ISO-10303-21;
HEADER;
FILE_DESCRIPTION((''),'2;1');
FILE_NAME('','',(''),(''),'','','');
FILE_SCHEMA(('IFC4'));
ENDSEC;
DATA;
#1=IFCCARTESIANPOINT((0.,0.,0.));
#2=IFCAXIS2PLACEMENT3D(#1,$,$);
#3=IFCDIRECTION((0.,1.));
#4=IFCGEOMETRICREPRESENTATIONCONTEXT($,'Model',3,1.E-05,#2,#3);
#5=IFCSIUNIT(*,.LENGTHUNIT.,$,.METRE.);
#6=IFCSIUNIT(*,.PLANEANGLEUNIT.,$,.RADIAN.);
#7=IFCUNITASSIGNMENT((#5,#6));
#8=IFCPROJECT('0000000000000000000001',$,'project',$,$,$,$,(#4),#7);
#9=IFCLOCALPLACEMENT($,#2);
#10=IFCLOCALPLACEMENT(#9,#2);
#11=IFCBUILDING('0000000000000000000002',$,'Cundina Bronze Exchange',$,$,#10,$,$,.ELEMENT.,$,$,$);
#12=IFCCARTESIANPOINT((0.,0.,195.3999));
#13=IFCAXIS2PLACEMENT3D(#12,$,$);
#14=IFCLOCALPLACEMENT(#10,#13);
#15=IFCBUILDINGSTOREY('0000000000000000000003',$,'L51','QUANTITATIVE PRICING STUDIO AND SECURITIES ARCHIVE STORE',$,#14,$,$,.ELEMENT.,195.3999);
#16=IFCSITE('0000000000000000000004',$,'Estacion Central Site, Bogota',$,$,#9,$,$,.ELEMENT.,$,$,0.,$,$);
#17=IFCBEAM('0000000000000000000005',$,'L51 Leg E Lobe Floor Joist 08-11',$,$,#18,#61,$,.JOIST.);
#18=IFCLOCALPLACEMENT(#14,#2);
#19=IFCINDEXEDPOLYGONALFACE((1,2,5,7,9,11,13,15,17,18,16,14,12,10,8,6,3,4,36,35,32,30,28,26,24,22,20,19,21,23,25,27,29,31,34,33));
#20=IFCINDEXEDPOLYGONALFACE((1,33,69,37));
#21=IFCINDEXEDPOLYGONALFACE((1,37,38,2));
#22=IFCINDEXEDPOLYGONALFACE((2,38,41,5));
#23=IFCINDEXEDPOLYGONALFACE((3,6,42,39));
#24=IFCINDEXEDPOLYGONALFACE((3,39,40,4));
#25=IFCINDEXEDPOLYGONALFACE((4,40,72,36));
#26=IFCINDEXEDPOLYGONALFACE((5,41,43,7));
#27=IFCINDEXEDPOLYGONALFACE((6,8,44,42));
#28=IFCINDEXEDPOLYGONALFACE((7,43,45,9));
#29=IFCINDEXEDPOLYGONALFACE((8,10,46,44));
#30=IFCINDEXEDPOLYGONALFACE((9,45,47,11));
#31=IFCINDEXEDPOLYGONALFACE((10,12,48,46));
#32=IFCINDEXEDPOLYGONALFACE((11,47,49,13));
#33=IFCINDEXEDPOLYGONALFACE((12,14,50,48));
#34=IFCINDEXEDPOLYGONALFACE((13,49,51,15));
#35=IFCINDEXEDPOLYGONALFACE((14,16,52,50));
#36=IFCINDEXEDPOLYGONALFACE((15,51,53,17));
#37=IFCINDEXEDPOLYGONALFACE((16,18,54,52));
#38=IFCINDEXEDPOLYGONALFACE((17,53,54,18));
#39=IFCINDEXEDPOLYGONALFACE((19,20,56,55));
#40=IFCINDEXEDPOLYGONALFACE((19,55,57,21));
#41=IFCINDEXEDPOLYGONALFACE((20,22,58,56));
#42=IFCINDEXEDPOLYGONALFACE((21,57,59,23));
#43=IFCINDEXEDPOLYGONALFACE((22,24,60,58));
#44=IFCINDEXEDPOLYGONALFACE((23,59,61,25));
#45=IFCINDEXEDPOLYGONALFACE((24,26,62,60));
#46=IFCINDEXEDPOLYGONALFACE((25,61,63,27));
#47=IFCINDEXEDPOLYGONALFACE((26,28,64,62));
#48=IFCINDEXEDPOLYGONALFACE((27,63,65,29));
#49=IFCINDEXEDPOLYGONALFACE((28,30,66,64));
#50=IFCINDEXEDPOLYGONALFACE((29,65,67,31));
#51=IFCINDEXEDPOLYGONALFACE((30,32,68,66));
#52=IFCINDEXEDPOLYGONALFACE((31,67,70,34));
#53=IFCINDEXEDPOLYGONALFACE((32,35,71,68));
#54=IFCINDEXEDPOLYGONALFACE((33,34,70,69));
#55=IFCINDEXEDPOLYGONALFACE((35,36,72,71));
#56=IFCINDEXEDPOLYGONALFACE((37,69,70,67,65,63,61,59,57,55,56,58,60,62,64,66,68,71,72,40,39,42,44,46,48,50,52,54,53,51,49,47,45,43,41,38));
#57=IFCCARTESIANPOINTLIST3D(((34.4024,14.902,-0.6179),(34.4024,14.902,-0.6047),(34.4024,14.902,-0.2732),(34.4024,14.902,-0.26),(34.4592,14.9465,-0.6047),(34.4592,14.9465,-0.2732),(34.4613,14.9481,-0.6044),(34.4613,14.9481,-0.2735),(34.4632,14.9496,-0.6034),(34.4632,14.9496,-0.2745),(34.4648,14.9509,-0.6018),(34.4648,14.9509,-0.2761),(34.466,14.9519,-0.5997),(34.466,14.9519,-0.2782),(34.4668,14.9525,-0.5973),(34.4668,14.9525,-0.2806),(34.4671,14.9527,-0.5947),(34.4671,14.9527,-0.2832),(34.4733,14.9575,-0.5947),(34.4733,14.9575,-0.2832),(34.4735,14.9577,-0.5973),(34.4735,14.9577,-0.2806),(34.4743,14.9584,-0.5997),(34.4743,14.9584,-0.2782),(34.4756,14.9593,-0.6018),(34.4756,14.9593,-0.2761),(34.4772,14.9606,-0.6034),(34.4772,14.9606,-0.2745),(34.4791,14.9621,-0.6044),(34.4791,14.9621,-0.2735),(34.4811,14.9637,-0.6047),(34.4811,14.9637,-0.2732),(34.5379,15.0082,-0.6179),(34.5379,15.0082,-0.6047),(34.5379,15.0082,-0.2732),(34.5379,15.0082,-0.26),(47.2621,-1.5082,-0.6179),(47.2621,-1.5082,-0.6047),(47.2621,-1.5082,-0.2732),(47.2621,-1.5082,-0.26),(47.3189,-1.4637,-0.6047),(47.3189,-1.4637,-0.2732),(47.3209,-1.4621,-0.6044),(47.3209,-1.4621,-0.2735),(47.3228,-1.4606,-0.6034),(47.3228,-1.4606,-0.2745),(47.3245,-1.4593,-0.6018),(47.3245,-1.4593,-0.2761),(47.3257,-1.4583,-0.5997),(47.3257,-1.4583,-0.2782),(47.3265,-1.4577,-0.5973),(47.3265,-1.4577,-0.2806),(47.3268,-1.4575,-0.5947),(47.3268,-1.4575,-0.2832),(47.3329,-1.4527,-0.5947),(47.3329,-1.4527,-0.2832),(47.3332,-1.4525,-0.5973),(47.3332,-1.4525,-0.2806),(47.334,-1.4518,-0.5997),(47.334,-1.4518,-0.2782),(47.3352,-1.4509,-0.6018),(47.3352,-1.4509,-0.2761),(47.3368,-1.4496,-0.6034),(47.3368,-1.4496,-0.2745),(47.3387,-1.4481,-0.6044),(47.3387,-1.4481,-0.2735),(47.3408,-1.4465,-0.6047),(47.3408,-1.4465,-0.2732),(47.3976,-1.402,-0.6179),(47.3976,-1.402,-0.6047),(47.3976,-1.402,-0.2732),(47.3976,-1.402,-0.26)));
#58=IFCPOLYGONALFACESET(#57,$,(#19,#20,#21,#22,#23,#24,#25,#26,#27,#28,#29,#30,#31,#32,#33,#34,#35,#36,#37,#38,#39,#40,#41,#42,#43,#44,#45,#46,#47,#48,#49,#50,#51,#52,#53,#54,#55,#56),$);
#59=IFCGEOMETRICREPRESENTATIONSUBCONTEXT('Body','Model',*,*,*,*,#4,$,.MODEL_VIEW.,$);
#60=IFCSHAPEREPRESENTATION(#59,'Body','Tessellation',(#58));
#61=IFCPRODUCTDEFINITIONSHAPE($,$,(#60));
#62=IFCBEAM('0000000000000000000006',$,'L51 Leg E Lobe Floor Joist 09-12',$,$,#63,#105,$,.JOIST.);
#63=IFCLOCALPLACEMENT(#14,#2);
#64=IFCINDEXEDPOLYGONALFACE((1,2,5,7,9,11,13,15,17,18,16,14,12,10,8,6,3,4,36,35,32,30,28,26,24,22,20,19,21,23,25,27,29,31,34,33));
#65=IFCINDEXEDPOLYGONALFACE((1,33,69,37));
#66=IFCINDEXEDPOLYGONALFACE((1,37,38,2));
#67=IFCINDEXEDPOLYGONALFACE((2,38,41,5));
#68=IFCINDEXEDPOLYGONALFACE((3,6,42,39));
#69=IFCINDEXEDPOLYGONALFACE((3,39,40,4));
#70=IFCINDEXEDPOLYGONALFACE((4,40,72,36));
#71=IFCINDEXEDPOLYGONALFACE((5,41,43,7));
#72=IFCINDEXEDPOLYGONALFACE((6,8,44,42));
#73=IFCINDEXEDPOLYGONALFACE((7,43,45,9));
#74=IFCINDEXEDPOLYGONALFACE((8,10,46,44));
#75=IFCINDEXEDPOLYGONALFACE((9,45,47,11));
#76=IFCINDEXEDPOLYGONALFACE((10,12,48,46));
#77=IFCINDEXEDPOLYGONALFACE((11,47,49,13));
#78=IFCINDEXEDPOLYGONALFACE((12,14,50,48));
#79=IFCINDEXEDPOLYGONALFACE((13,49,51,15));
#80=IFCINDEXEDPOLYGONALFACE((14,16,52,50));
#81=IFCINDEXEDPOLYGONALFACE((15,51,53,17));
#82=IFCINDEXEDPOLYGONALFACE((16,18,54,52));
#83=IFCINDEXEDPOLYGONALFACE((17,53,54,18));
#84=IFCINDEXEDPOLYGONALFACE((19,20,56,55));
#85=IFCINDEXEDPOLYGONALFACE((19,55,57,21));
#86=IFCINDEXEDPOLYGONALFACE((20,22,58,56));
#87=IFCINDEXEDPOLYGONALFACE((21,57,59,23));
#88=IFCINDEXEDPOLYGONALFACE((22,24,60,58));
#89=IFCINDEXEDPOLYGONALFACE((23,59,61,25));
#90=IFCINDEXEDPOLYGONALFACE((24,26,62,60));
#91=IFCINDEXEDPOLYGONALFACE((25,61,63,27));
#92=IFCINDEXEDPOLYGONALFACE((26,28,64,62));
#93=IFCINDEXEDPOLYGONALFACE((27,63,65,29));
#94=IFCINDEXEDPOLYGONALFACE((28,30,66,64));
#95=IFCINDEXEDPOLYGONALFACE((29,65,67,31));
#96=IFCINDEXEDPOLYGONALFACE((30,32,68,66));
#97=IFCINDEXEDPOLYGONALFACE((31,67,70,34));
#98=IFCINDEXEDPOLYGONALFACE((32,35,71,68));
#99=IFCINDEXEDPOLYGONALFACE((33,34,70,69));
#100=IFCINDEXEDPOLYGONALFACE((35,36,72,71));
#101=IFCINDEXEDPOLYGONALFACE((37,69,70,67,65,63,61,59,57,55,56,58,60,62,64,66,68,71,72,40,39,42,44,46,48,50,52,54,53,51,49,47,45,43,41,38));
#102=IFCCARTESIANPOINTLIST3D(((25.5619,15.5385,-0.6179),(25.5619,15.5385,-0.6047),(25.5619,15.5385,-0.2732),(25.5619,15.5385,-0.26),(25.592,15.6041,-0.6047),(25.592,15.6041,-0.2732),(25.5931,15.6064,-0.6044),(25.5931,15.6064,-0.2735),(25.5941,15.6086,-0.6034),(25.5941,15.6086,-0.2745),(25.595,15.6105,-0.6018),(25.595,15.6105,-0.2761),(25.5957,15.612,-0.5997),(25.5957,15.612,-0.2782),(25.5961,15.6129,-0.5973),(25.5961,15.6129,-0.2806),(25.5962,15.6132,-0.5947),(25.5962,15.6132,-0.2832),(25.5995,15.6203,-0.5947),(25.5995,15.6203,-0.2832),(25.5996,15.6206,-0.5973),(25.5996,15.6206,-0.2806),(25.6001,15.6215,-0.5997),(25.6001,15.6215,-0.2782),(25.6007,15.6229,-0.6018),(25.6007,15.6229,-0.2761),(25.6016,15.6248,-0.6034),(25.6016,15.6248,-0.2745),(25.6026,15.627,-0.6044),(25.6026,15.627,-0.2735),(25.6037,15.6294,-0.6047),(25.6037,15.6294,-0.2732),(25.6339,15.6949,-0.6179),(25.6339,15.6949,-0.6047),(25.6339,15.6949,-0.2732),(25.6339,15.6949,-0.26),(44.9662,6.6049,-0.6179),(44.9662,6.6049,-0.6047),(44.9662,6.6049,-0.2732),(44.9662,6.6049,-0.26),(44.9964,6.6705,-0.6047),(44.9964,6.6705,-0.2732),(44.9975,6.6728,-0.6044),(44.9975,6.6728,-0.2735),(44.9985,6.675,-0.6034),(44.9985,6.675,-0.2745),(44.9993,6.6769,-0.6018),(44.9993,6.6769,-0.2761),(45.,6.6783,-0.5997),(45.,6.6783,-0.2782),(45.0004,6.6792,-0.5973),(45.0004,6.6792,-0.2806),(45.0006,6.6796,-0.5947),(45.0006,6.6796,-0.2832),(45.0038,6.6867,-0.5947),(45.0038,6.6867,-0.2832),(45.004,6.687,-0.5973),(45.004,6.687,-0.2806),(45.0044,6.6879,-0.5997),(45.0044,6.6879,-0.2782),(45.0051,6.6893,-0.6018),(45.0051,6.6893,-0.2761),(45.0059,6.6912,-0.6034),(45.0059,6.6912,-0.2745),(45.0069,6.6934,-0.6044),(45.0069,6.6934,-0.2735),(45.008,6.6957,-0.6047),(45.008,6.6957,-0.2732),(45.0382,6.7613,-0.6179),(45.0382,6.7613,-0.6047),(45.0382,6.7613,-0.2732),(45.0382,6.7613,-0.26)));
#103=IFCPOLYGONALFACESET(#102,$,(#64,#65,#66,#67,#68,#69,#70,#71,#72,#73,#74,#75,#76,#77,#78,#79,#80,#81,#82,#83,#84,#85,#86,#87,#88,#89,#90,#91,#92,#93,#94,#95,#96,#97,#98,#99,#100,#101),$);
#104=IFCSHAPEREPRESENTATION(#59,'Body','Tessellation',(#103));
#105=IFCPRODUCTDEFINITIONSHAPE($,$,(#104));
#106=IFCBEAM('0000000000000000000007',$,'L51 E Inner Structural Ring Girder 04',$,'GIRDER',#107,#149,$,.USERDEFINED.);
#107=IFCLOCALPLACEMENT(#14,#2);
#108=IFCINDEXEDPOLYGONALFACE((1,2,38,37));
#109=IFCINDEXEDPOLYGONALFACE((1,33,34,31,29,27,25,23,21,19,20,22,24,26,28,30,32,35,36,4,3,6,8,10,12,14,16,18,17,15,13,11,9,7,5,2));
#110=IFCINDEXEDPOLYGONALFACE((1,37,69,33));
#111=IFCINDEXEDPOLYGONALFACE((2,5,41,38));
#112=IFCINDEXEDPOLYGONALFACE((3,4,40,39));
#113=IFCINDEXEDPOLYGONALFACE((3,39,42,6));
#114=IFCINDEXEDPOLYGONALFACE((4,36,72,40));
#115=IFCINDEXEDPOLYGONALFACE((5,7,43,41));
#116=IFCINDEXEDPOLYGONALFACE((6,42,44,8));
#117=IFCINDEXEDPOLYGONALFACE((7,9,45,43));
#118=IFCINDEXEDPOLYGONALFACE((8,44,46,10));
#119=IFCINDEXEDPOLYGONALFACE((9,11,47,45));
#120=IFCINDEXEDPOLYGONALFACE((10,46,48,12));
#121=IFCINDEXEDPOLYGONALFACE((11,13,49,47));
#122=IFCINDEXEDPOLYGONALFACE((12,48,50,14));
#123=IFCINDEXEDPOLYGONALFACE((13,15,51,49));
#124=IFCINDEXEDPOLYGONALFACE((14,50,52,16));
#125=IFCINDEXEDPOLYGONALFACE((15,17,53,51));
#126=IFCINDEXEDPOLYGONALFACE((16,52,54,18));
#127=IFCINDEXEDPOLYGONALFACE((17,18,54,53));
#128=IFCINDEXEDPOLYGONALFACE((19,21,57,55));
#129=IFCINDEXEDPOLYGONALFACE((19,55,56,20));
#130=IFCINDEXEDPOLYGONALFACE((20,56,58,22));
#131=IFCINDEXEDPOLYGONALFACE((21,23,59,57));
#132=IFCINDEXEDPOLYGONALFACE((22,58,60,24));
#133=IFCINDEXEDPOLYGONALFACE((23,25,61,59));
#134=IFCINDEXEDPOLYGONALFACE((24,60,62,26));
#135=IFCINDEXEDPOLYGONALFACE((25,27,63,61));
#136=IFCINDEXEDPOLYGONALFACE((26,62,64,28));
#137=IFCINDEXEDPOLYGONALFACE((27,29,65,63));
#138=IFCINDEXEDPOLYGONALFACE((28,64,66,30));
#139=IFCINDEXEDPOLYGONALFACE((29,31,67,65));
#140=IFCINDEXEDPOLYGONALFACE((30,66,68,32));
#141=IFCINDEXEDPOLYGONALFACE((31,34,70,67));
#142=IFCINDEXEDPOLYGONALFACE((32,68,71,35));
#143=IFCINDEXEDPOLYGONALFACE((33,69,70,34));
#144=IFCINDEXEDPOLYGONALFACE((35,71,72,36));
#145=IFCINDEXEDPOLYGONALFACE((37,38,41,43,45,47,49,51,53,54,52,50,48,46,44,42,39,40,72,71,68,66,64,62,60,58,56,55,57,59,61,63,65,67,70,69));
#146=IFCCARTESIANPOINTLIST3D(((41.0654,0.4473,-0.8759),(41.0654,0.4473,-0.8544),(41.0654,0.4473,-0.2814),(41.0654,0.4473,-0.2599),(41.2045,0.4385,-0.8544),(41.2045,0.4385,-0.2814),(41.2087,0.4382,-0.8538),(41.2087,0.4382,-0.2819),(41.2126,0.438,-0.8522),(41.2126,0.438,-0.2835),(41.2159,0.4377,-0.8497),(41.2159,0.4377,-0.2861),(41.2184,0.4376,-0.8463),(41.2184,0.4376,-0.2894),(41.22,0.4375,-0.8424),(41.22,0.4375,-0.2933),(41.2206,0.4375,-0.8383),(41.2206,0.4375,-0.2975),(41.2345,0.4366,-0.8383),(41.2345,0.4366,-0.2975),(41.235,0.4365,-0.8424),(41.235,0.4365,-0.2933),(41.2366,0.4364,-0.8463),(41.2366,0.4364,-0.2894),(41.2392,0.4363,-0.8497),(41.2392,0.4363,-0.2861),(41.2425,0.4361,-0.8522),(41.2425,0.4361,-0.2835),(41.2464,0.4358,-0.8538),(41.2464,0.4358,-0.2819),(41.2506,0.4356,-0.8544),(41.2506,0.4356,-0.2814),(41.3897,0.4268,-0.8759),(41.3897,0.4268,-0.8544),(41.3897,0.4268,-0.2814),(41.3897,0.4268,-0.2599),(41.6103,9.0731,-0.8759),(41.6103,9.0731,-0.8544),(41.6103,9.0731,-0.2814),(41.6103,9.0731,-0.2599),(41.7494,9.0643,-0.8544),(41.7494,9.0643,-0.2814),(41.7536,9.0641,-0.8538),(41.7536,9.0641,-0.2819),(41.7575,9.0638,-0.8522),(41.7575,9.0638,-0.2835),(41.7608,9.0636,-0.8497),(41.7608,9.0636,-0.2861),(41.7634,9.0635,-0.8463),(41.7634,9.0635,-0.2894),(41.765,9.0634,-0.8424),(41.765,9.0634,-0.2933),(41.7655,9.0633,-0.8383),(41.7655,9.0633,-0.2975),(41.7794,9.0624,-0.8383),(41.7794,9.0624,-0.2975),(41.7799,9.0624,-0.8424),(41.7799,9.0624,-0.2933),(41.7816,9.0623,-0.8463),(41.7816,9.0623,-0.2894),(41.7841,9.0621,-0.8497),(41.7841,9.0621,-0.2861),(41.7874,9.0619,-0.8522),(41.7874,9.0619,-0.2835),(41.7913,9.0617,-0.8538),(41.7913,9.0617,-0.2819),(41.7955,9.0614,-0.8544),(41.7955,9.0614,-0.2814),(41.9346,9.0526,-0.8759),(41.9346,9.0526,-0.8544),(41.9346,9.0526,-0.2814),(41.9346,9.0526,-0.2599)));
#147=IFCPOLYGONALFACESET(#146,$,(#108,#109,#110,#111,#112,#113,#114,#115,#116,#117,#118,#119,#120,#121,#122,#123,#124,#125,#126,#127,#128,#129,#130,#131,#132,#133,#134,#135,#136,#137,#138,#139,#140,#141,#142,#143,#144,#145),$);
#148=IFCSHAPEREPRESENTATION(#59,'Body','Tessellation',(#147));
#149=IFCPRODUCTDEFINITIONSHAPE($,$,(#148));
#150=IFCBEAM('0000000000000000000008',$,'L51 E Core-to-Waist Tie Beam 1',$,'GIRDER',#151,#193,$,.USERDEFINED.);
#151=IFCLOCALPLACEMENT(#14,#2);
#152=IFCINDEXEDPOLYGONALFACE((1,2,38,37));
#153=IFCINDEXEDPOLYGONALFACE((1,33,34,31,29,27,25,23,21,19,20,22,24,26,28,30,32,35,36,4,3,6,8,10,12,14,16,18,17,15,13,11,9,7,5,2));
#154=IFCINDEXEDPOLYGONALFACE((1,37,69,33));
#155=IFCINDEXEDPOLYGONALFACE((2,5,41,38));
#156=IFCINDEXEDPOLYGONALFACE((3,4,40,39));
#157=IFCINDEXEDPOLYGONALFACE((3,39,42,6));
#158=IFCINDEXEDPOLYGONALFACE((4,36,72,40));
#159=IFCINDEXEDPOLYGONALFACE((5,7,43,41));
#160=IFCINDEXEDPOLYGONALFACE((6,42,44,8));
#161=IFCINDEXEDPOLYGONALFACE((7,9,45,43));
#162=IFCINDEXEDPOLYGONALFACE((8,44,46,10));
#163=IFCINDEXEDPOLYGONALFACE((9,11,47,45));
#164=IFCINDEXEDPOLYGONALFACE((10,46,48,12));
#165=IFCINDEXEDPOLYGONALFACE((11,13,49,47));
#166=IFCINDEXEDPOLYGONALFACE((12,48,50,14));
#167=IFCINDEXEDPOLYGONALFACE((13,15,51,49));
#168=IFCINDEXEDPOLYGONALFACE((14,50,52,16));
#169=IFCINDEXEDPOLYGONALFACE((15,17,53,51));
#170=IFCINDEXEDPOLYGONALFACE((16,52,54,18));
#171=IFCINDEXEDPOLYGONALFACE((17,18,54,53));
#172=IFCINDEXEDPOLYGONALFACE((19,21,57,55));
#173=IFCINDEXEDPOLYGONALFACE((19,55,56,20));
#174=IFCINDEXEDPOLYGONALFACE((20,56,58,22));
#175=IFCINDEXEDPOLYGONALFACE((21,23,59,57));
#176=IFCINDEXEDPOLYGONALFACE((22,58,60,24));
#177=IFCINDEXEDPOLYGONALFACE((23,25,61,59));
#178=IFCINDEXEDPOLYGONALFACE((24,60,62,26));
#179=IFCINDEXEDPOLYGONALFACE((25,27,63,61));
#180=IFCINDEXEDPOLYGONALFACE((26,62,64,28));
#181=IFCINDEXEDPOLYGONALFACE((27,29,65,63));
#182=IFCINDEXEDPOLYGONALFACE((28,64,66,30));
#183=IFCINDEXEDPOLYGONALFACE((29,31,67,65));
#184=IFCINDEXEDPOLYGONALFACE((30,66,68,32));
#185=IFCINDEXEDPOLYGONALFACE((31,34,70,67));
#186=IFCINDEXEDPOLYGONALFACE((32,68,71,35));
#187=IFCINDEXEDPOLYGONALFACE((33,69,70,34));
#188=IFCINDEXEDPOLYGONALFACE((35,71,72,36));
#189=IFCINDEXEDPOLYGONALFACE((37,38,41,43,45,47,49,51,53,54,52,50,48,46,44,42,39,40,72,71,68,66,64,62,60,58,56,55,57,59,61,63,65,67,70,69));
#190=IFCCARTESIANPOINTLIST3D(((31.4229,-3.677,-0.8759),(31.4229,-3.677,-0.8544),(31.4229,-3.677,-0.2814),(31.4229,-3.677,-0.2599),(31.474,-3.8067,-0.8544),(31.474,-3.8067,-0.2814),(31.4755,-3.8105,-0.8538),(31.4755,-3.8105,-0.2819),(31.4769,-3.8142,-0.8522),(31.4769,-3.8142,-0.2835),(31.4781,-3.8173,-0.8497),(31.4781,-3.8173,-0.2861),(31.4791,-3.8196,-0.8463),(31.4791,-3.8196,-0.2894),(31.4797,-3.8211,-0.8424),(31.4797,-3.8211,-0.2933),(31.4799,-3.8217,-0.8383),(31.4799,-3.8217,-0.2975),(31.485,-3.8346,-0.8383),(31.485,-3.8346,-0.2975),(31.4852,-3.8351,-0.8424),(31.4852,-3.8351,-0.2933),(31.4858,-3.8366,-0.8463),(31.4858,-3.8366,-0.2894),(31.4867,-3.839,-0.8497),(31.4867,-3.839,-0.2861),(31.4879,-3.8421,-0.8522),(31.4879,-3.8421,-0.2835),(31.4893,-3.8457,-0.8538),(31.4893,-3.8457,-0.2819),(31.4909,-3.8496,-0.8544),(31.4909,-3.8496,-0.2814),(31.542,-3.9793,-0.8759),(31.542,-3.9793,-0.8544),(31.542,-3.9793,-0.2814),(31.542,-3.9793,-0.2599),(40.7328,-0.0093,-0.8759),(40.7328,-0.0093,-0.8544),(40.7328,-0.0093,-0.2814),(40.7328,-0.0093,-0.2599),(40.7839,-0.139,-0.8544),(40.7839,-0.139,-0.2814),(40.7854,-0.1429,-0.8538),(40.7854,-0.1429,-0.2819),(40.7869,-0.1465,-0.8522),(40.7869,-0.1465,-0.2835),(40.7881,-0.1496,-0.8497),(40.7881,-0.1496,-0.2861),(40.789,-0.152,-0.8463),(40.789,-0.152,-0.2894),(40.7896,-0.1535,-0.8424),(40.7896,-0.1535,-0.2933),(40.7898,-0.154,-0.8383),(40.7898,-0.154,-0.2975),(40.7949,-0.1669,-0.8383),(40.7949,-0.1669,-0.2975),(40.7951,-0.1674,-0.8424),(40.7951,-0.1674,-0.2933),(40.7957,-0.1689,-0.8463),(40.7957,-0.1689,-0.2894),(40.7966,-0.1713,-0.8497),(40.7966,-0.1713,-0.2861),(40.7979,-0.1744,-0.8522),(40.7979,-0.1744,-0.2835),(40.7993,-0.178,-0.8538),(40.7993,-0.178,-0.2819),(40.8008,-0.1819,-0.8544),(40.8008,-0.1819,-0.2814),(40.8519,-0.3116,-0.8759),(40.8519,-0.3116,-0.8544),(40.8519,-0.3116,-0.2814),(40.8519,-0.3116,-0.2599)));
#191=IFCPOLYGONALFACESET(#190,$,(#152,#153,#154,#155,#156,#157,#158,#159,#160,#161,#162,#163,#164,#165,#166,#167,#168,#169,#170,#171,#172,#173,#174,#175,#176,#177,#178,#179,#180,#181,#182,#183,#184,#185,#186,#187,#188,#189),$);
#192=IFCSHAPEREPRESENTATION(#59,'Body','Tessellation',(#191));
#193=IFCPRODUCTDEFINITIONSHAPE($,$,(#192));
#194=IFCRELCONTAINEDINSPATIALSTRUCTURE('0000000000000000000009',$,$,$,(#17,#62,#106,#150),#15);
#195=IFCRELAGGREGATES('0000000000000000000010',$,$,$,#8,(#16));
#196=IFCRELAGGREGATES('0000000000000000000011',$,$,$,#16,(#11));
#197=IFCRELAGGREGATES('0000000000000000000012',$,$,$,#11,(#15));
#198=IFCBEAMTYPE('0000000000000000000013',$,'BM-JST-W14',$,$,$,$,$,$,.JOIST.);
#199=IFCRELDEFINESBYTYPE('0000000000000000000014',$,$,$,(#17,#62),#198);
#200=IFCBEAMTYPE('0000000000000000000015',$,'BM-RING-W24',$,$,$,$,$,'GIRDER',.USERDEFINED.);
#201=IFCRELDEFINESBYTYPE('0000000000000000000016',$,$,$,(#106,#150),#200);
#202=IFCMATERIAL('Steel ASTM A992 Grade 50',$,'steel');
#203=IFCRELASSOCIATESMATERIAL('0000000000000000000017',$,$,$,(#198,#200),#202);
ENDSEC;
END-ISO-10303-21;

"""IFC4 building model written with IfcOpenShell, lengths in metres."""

from ifc_helpers import new_model, si_unit, direction, frame, origin, origin_2d, place, context, subcontext, project, spatial, i_section, extrude, material, material_profile, profile_set, type_object, element, save


model = new_model("IFC4")

# Units and contexts
model_context = context("Model", 3, precision=1e-05, world=origin(), true_north=direction((0.0, 1.0)))
body_context = subcontext(model_context, "Body", "Model", "MODEL_VIEW")
ifc_project = project(units=[si_unit("LENGTHUNIT", "METRE"), si_unit("PLANEANGLEUNIT", "RADIAN")], contexts=[model_context])

# Site, building, storey
site_placement = place(None, origin())
site = spatial("IfcSite", under=ifc_project, at=site_placement, Name="Estacion Central Site, Bogota", CompositionType="ELEMENT", RefElevation=0.0)
building_placement = place(site_placement, origin())
building = spatial("IfcBuilding", under=site, at=building_placement, Name="Cundina Bronze Exchange", CompositionType="ELEMENT")
storey_placement = place(building_placement, frame((0.0, 0.0, 195.3999)))
storey = spatial("IfcBuildingStorey", under=building, at=storey_placement, Name="L51", Description="QUANTITATIVE PRICING STUDIO AND SECURITIES ARCHIVE STORE", CompositionType="ELEMENT", Elevation=195.3999)

# Shared definitions
ifc_material_1 = material(Name="Steel ASTM A992 Grade 50", Category="steel")

# Beams
ifc_material_profile_1 = material_profile(ifc_material_1, i_section(OverallWidth=0.1721, OverallDepth=0.3579, WebThickness=0.0078, FlangeThickness=0.0132, FilletRadius=0.01, at=origin_2d()), Name="W14X38", Category="steel")
ifc_profile_set_1 = profile_set([ifc_material_profile_1], Name="Steel ASTM A992 Grade 50")
beam_type_1 = type_object("IfcBeamType", Name="BM-JST-W14", PredefinedType="JOIST", material=ifc_profile_set_1)
beam_1_placement = place(storey_placement, frame((47.3298, -1.4551, -0.439), z_axis=(-0.61681, 0.787112, 0.0), x_axis=(-0.787112, -0.61681, 0.0)))
element("IfcBeam", 1, at=beam_1_placement, inside=storey, type_object=beam_type_1, Name="L51 Leg E Lobe Floor Joist 08-11", PredefinedType="JOIST", context=body_context, shape_type="SweptSolid", body=[
    extrude(i_section(OverallWidth=0.1721, OverallDepth=0.3579, WebThickness=0.0078, FlangeThickness=0.0132, FilletRadius=0.01, at=origin_2d()), origin(), (0.0, 0.0, 1.0), 20.8486),
])
beam_2_placement = place(storey_placement, frame((45.0022, 6.6831, -0.439), z_axis=(-0.908355, 0.4182, 0.0), x_axis=(-0.4182, -0.908355, 0.0)))
element("IfcBeam", 2, at=beam_2_placement, inside=storey, type_object=beam_type_1, Name="L51 Leg E Lobe Floor Joist 09-12", PredefinedType="JOIST", context=body_context, shape_type="SweptSolid", body=[
    extrude(i_section(OverallWidth=0.1721, OverallDepth=0.3579, WebThickness=0.0078, FlangeThickness=0.0132, FilletRadius=0.01, at=origin_2d()), origin(), (0.0, 0.0, 1.0), 21.3621),
])
ifc_material_profile_2 = material_profile(ifc_material_1, i_section(OverallWidth=0.325, OverallDepth=0.616, WebThickness=0.0139, FlangeThickness=0.0215, FilletRadius=0.0161, at=origin_2d()), Name="W24X117", Category="steel")
ifc_profile_set_2 = profile_set([ifc_material_profile_2], Name="Steel ASTM A992 Grade 50")
beam_type_2 = type_object("IfcBeamType", Name="BM-RING-W24", ElementType="GIRDER", PredefinedType="USERDEFINED", material=ifc_profile_set_2)
beam_3_placement = place(storey_placement, frame((41.2275, 0.437, -0.5679), z_axis=(0.063047, 0.998011, 0.0), x_axis=(-0.998011, 0.063047, 0.0)))
element("IfcBeam", 3, at=beam_3_placement, inside=storey, type_object=beam_type_2, Name="L51 E Inner Structural Ring Girder 04", ObjectType="GIRDER", PredefinedType="USERDEFINED", context=body_context, shape_type="SweptSolid", body=[
    extrude(i_section(OverallWidth=0.325, OverallDepth=0.616, WebThickness=0.0139, FlangeThickness=0.0215, FilletRadius=0.0161, at=origin_2d()), origin(), (0.0, 0.0, 1.0), 8.6431),
])
beam_4_placement = place(storey_placement, frame((31.4824, -3.8281, -0.5679), z_axis=(0.930404, 0.366535, 0.0), x_axis=(-0.366535, 0.930404, 0.0)))
element("IfcBeam", 4, at=beam_4_placement, inside=storey, type_object=beam_type_2, Name="L51 E Core-to-Waist Tie Beam 1", ObjectType="GIRDER", PredefinedType="USERDEFINED", context=body_context, shape_type="SweptSolid", body=[
    extrude(i_section(OverallWidth=0.325, OverallDepth=0.616, WebThickness=0.0139, FlangeThickness=0.0215, FilletRadius=0.0161, at=origin_2d()), origin(), (0.0, 0.0, 1.0), 10.0063),
])

save(model, "model.ifc")
